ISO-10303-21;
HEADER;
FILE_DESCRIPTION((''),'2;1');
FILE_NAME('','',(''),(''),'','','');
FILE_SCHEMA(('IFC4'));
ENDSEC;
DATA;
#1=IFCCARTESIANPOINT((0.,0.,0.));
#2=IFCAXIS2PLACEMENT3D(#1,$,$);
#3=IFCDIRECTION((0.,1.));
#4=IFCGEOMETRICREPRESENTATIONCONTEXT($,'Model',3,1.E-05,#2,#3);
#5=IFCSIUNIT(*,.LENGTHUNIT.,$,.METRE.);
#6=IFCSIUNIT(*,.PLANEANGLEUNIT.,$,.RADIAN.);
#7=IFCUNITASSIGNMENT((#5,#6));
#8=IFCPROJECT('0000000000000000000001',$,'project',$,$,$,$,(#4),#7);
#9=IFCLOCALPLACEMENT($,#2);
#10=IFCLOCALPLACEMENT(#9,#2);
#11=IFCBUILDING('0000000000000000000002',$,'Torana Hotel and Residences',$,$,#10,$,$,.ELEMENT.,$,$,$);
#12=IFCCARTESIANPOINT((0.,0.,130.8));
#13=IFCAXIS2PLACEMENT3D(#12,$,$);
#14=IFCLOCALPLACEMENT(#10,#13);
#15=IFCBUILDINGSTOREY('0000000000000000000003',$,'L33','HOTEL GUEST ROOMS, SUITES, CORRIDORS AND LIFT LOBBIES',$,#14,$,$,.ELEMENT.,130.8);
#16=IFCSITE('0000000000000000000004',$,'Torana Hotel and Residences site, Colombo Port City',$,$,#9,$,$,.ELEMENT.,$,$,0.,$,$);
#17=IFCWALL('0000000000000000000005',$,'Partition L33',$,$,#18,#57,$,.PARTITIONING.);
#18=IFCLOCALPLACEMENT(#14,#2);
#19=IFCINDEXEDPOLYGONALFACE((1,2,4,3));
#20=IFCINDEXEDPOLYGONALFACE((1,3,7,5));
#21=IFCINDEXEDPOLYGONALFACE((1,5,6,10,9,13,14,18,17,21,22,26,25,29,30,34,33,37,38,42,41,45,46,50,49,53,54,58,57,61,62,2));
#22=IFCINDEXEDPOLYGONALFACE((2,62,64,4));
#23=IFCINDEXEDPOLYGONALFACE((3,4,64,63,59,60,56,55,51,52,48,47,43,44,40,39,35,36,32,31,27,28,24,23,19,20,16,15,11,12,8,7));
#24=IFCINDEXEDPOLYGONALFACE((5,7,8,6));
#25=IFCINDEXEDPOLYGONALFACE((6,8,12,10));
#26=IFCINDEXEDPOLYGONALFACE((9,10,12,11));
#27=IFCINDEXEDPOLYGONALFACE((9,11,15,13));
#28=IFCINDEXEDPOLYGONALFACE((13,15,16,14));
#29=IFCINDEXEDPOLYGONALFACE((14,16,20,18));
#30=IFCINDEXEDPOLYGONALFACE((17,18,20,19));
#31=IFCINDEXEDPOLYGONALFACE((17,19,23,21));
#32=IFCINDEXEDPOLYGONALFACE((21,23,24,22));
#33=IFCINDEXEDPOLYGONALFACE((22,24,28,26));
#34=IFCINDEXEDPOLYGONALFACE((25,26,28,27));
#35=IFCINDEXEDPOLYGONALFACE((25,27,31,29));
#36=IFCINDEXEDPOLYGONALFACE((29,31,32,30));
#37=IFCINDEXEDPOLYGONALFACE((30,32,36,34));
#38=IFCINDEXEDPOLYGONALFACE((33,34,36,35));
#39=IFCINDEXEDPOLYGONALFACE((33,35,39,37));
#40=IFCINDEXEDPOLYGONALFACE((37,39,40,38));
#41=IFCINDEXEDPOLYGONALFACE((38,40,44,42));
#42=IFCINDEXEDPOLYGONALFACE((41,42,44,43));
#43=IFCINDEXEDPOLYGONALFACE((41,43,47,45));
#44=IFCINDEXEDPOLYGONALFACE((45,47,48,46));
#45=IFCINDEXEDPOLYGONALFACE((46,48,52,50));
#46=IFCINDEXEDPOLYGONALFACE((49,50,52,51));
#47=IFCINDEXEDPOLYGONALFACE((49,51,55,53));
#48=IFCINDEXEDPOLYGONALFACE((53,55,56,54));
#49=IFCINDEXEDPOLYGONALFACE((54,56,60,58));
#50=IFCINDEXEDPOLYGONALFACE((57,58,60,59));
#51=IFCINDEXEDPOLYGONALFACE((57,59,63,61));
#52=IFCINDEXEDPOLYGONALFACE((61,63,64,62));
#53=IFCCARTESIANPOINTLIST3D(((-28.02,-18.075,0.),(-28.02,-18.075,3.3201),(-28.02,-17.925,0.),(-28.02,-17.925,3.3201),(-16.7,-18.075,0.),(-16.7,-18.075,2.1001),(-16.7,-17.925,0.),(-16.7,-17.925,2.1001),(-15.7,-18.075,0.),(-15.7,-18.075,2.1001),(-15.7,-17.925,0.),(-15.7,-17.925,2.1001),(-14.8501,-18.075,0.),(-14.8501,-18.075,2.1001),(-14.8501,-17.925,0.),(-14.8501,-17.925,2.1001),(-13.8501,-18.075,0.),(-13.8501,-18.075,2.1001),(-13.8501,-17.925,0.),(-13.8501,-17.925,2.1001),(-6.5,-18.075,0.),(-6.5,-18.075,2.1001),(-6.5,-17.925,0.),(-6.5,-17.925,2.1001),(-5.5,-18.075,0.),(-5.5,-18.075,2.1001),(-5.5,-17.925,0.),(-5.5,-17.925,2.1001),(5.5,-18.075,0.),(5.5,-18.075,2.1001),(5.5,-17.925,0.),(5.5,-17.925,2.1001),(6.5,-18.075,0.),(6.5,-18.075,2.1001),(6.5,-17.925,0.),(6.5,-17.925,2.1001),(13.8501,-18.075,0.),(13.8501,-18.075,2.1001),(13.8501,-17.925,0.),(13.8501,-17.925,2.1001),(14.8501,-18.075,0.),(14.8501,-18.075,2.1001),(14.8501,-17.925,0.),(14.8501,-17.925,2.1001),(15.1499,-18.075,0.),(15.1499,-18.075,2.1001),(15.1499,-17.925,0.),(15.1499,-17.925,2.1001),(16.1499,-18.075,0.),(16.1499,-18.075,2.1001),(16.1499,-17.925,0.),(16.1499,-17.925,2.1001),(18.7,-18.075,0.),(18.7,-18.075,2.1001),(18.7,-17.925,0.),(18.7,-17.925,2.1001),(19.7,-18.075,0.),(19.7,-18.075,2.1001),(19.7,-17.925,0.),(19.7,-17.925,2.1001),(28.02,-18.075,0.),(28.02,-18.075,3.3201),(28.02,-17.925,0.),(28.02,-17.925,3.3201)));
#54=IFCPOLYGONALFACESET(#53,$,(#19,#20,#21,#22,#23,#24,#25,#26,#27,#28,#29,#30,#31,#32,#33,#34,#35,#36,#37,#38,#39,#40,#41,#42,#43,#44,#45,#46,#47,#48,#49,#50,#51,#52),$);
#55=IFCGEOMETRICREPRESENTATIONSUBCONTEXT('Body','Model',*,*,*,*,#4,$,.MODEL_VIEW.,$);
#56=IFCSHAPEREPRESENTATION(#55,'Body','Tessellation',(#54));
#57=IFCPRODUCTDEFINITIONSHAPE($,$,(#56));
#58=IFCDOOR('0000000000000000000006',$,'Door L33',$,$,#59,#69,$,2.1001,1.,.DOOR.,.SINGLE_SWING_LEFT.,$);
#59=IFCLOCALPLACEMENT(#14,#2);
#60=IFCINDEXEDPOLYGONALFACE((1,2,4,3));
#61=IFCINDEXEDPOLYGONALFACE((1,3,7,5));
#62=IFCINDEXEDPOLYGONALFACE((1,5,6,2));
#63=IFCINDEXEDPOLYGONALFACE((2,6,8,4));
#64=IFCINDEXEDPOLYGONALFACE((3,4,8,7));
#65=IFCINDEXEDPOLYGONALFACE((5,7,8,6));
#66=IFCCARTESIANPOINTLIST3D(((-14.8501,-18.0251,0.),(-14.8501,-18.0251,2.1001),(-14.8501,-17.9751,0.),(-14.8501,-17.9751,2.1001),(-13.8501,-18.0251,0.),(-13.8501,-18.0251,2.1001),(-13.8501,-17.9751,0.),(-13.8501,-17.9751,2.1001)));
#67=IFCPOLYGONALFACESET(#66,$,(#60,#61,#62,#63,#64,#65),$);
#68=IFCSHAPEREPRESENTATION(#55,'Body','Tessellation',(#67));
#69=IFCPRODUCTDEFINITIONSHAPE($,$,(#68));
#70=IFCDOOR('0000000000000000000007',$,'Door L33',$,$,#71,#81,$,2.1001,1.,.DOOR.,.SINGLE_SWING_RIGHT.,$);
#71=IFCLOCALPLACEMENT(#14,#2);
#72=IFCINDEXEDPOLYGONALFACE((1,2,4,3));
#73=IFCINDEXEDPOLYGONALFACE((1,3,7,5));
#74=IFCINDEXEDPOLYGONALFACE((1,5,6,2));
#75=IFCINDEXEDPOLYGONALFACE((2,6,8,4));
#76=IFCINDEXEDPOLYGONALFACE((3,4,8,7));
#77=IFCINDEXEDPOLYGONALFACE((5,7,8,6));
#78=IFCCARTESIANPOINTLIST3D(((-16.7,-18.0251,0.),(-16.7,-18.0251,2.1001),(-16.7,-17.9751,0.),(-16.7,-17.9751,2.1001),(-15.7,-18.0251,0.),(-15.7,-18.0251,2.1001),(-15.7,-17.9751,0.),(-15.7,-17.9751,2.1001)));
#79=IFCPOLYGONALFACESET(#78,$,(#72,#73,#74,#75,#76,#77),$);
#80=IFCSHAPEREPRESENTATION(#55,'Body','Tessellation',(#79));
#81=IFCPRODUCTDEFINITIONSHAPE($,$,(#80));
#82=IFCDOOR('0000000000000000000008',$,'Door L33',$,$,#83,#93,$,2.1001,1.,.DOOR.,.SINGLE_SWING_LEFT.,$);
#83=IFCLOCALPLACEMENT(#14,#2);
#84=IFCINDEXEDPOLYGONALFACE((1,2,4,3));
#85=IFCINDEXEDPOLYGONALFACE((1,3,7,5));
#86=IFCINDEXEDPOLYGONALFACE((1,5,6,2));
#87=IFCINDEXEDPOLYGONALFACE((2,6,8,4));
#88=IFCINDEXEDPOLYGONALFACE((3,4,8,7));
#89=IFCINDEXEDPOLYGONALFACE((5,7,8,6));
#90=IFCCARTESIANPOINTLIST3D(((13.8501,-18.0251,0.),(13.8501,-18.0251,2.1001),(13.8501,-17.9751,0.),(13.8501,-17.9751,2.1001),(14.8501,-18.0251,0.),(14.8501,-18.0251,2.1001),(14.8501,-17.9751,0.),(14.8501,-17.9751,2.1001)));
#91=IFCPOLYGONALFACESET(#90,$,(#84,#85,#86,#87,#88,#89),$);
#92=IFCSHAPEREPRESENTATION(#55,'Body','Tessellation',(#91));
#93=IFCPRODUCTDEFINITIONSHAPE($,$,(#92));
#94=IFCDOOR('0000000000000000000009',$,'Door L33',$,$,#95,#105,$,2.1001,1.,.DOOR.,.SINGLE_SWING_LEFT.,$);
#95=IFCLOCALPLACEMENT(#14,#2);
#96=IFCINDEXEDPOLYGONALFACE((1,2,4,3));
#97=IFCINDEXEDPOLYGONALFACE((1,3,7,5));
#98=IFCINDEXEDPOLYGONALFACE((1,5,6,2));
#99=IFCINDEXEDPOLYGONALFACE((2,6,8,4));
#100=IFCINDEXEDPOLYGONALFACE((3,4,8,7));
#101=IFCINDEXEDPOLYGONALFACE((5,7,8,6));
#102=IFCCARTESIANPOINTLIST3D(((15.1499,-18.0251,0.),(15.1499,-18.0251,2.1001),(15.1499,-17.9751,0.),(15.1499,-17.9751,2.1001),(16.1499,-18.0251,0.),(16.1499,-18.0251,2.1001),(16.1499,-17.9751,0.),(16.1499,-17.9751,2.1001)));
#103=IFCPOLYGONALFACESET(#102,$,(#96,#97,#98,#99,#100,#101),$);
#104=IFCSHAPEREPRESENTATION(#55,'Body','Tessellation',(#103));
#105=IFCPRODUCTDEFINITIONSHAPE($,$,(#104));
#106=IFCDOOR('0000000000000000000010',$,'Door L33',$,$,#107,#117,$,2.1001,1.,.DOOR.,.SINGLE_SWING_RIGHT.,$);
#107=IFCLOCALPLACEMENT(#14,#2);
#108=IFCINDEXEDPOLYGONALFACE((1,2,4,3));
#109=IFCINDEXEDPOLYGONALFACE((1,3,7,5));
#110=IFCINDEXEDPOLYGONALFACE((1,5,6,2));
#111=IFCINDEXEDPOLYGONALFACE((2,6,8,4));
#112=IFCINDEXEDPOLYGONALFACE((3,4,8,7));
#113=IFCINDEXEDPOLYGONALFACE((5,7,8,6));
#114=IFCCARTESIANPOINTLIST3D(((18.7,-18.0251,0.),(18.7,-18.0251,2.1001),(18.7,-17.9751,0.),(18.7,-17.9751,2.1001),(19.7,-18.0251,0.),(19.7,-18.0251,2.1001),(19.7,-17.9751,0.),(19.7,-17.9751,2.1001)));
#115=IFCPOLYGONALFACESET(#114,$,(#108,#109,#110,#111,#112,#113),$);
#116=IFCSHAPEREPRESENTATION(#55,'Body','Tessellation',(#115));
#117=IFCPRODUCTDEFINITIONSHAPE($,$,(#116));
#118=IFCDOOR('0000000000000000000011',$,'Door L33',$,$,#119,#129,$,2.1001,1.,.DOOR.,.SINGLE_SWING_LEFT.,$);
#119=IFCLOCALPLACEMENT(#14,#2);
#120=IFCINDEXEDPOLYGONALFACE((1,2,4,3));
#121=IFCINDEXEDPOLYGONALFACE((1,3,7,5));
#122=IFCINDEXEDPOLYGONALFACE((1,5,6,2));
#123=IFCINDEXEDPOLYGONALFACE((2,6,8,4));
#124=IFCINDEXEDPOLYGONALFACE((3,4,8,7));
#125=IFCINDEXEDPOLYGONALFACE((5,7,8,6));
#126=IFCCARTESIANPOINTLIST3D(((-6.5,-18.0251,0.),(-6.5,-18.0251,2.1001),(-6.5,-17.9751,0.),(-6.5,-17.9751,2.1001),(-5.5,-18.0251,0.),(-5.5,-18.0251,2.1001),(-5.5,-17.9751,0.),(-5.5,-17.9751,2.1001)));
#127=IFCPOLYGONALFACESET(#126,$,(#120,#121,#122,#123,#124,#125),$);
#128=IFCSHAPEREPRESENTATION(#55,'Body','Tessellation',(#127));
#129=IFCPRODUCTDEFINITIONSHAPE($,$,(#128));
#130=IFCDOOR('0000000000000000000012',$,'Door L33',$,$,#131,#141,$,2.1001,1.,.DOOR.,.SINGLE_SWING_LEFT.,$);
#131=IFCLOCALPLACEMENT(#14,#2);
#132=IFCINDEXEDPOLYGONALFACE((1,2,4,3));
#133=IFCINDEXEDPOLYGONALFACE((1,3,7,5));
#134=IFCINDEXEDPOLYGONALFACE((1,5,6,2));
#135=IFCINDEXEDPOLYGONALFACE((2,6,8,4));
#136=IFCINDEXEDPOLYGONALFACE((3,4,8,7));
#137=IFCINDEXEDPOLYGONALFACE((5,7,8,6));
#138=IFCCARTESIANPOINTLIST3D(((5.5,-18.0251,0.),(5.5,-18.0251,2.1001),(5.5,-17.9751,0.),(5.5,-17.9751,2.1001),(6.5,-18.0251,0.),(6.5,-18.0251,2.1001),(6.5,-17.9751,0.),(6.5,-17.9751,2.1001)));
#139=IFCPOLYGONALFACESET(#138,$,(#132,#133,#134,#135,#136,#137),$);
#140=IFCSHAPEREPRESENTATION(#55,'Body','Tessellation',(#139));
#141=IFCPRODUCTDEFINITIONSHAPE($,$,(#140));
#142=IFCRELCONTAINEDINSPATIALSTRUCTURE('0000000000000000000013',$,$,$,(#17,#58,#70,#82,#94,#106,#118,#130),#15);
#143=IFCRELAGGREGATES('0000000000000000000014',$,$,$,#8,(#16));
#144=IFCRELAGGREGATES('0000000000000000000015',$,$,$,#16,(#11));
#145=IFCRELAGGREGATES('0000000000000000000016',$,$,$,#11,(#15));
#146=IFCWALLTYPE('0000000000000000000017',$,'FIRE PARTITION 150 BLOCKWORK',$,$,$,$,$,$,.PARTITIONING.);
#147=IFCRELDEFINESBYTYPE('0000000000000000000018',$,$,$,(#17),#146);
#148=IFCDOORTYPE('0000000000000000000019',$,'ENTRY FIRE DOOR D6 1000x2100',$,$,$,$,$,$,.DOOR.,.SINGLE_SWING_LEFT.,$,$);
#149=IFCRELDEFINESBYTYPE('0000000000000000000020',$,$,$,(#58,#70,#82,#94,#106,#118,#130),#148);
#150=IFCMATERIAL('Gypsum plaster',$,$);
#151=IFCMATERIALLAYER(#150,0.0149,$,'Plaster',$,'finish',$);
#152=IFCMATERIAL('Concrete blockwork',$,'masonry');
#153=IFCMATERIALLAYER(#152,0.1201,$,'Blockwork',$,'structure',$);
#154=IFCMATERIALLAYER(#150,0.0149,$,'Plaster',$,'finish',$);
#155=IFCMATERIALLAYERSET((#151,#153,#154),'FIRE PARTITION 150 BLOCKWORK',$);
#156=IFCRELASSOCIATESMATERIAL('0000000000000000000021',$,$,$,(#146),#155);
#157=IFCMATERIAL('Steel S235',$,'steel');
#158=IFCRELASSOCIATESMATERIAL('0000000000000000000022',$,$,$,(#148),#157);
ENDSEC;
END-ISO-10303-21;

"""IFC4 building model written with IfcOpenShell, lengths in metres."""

from ifc_helpers import new_model, si_unit, direction, frame, frame_2d, origin, place, context, subcontext, project, spatial, rectangle, extrude, material, layer, layer_set, type_object, element, fill, save


model = new_model("IFC4")

# Units and contexts
model_context = context("Model", 3, precision=1e-05, world=origin(), true_north=direction((0.0, 1.0)))
body_context = subcontext(model_context, "Body", "Model", "MODEL_VIEW")
ifc_project = project(units=[si_unit("LENGTHUNIT", "METRE"), si_unit("PLANEANGLEUNIT", "RADIAN")], contexts=[model_context])

# Site, building, storey
site_placement = place(None, origin())
site = spatial("IfcSite", under=ifc_project, at=site_placement, Name="Torana Hotel and Residences site, Colombo Port City", CompositionType="ELEMENT", RefElevation=0.0)
building_placement = place(site_placement, origin())
building = spatial("IfcBuilding", under=site, at=building_placement, Name="Torana Hotel and Residences", CompositionType="ELEMENT")
storey_placement = place(building_placement, frame((0.0, 0.0, 130.8)))
storey = spatial("IfcBuildingStorey", under=building, at=storey_placement, Name="L33", Description="HOTEL GUEST ROOMS, SUITES, CORRIDORS AND LIFT LOBBIES", CompositionType="ELEMENT", Elevation=130.8)

# Wall, openings, doors
ifc_material_1 = material(Name="Gypsum plaster")
ifc_layer_1 = layer(ifc_material_1, 0.0149, Name="Plaster", Category="finish")
ifc_material_2 = material(Name="Concrete blockwork", Category="masonry")
ifc_layer_2 = layer(ifc_material_2, 0.1201, Name="Blockwork", Category="structure")
ifc_layer_3 = layer(ifc_material_1, 0.0149, Name="Plaster", Category="finish")
ifc_layer_set_1 = layer_set([ifc_layer_1, ifc_layer_2, ifc_layer_3], Name="FIRE PARTITION 150 BLOCKWORK")
wall_type_1 = type_object("IfcWallType", Name="FIRE PARTITION 150 BLOCKWORK", PredefinedType="PARTITIONING", material=ifc_layer_set_1)
wall_1_placement = place(storey_placement, frame((-28.02, -18.0, 0.0), z_axis=(0.0, 0.0, 1.0), x_axis=(1.0, 0.0, 0.0)))
wall_1 = element("IfcWall", 1, at=wall_1_placement, inside=storey, type_object=wall_type_1, Name="Partition L33", PredefinedType="PARTITIONING", context=body_context, shape_type="SweptSolid", body=[
    extrude(rectangle(XDim=56.04, YDim=0.1499, at=frame_2d((28.02, 0.0))), origin(), (0.0, 0.0, 1.0), 3.3201),
])
opening_1_placement = place(wall_1_placement, frame((13.1699, 0.0, 0.0)))
opening_1 = element("IfcOpeningElement", 2, at=opening_1_placement, cuts=wall_1, PredefinedType="OPENING", context=body_context, shape_type="SweptSolid", body=[
    extrude(rectangle(XDim=1.0, YDim=2.1001, at=frame_2d((0.5, 1.05))), frame((0.0, 0.085, 0.0), z_axis=(0.0, -1.0, 0.0), x_axis=(1.0, 0.0, 0.0)), (0.0, 0.0, 1.0), 0.1699),
])
opening_2_placement = place(wall_1_placement, frame((11.3201, 0.0, 0.0)))
opening_2 = element("IfcOpeningElement", 3, at=opening_2_placement, cuts=wall_1, PredefinedType="OPENING", context=body_context, shape_type="SweptSolid", body=[
    extrude(rectangle(XDim=1.0, YDim=2.1001, at=frame_2d((0.5, 1.05))), frame((0.0, 0.085, 0.0), z_axis=(0.0, -1.0, 0.0), x_axis=(1.0, 0.0, 0.0)), (0.0, 0.0, 1.0), 0.1699),
])
opening_3_placement = place(wall_1_placement, frame((41.8701, 0.0, 0.0)))
opening_3 = element("IfcOpeningElement", 4, at=opening_3_placement, cuts=wall_1, PredefinedType="OPENING", context=body_context, shape_type="SweptSolid", body=[
    extrude(rectangle(XDim=1.0, YDim=2.1001, at=frame_2d((0.5, 1.05))), frame((0.0, 0.085, 0.0), z_axis=(0.0, -1.0, 0.0), x_axis=(1.0, 0.0, 0.0)), (0.0, 0.0, 1.0), 0.1699),
])
opening_4_placement = place(wall_1_placement, frame((43.1699, 0.0, 0.0)))
opening_4 = element("IfcOpeningElement", 5, at=opening_4_placement, cuts=wall_1, PredefinedType="OPENING", context=body_context, shape_type="SweptSolid", body=[
    extrude(rectangle(XDim=1.0, YDim=2.1001, at=frame_2d((0.5, 1.05))), frame((0.0, 0.085, 0.0), z_axis=(0.0, -1.0, 0.0), x_axis=(1.0, 0.0, 0.0)), (0.0, 0.0, 1.0), 0.1699),
])
opening_5_placement = place(wall_1_placement, frame((46.72, 0.0, 0.0)))
opening_5 = element("IfcOpeningElement", 6, at=opening_5_placement, cuts=wall_1, PredefinedType="OPENING", context=body_context, shape_type="SweptSolid", body=[
    extrude(rectangle(XDim=1.0, YDim=2.1001, at=frame_2d((0.5, 1.05))), frame((0.0, 0.085, 0.0), z_axis=(0.0, -1.0, 0.0), x_axis=(1.0, 0.0, 0.0)), (0.0, 0.0, 1.0), 0.1699),
])
opening_6_placement = place(wall_1_placement, frame((21.52, 0.0, 0.0)))
opening_6 = element("IfcOpeningElement", 7, at=opening_6_placement, cuts=wall_1, PredefinedType="OPENING", context=body_context, shape_type="SweptSolid", body=[
    extrude(rectangle(XDim=1.0, YDim=2.1001, at=frame_2d((0.5, 1.05))), frame((0.0, 0.085, 0.0), z_axis=(0.0, -1.0, 0.0), x_axis=(1.0, 0.0, 0.0)), (0.0, 0.0, 1.0), 0.1699),
])
opening_7_placement = place(wall_1_placement, frame((33.52, 0.0, 0.0)))
opening_7 = element("IfcOpeningElement", 8, at=opening_7_placement, cuts=wall_1, PredefinedType="OPENING", context=body_context, shape_type="SweptSolid", body=[
    extrude(rectangle(XDim=1.0, YDim=2.1001, at=frame_2d((0.5, 1.05))), frame((0.0, 0.085, 0.0), z_axis=(0.0, -1.0, 0.0), x_axis=(1.0, 0.0, 0.0)), (0.0, 0.0, 1.0), 0.1699),
])
ifc_material_3 = material(Name="Steel S235", Category="steel")
door_type_1 = type_object("IfcDoorType", Name="ENTRY FIRE DOOR D6 1000x2100", OperationType="SINGLE_SWING_LEFT", PredefinedType="DOOR", material=ifc_material_3)
door_1_placement = place(opening_1_placement, frame((0.5, 0.0, 0.0), z_axis=(0.0, 0.0, 1.0), x_axis=(-1.0, 0.0, 0.0)))
door_1 = element("IfcDoor", 9, at=door_1_placement, inside=storey, type_object=door_type_1, Name="Door L33", OperationType="SINGLE_SWING_LEFT", OverallHeight=2.1001, OverallWidth=1.0, PredefinedType="DOOR", context=body_context, shape_type="SweptSolid", body=[
    extrude(rectangle(XDim=1.0, YDim=2.1001, at=frame_2d((0.0, 1.05))), frame((0.0, -0.0249, 0.0), z_axis=(0.0, 1.0, 0.0), x_axis=(-1.0, 0.0, 0.0)), (0.0, 0.0, 1.0), 0.05),
])
fill(opening_1, door_1)
door_2_placement = place(opening_2_placement, origin())
door_2 = element("IfcDoor", 10, at=door_2_placement, inside=storey, type_object=door_type_1, Name="Door L33", OperationType="SINGLE_SWING_RIGHT", OverallHeight=2.1001, OverallWidth=1.0, PredefinedType="DOOR", context=body_context, shape_type="SweptSolid", body=[
    extrude(rectangle(XDim=1.0, YDim=2.1001, at=frame_2d((0.5, 1.05))), frame((0.0, 0.0249, 0.0), z_axis=(0.0, -1.0, 0.0), x_axis=(1.0, 0.0, 0.0)), (0.0, 0.0, 1.0), 0.05),
])
fill(opening_2, door_2)
door_3_placement = place(opening_3_placement, frame((0.5, 0.0, 0.0), z_axis=(0.0, 0.0, 1.0), x_axis=(-1.0, 0.0, 0.0)))
door_3 = element("IfcDoor", 11, at=door_3_placement, inside=storey, type_object=door_type_1, Name="Door L33", OperationType="SINGLE_SWING_LEFT", OverallHeight=2.1001, OverallWidth=1.0, PredefinedType="DOOR", context=body_context, shape_type="SweptSolid", body=[
    extrude(rectangle(XDim=1.0, YDim=2.1001, at=frame_2d((0.0, 1.05))), frame((0.0, -0.0249, 0.0), z_axis=(0.0, 1.0, 0.0), x_axis=(-1.0, 0.0, 0.0)), (0.0, 0.0, 1.0), 0.05),
])
fill(opening_3, door_3)
door_4_placement = place(opening_4_placement, frame((0.5, 0.0, 0.0), z_axis=(0.0, 0.0, 1.0), x_axis=(-1.0, 0.0, 0.0)))
door_4 = element("IfcDoor", 12, at=door_4_placement, inside=storey, type_object=door_type_1, Name="Door L33", OperationType="SINGLE_SWING_LEFT", OverallHeight=2.1001, OverallWidth=1.0, PredefinedType="DOOR", context=body_context, shape_type="SweptSolid", body=[
    extrude(rectangle(XDim=1.0, YDim=2.1001, at=frame_2d((0.0, 1.05))), frame((0.0, -0.0249, 0.0), z_axis=(0.0, 1.0, 0.0), x_axis=(-1.0, 0.0, 0.0)), (0.0, 0.0, 1.0), 0.05),
])
fill(opening_4, door_4)
door_5_placement = place(opening_5_placement, origin())
door_5 = element("IfcDoor", 13, at=door_5_placement, inside=storey, type_object=door_type_1, Name="Door L33", OperationType="SINGLE_SWING_RIGHT", OverallHeight=2.1001, OverallWidth=1.0, PredefinedType="DOOR", context=body_context, shape_type="SweptSolid", body=[
    extrude(rectangle(XDim=1.0, YDim=2.1001, at=frame_2d((0.5, 1.05))), frame((0.0, 0.0249, 0.0), z_axis=(0.0, -1.0, 0.0), x_axis=(1.0, 0.0, 0.0)), (0.0, 0.0, 1.0), 0.05),
])
fill(opening_5, door_5)
door_6_placement = place(opening_6_placement, frame((0.5, 0.0, 0.0), z_axis=(0.0, 0.0, 1.0), x_axis=(-1.0, 0.0, 0.0)))
door_6 = element("IfcDoor", 14, at=door_6_placement, inside=storey, type_object=door_type_1, Name="Door L33", OperationType="SINGLE_SWING_LEFT", OverallHeight=2.1001, OverallWidth=1.0, PredefinedType="DOOR", context=body_context, shape_type="SweptSolid", body=[
    extrude(rectangle(XDim=1.0, YDim=2.1001, at=frame_2d((0.0, 1.05))), frame((0.0, -0.0249, 0.0), z_axis=(0.0, 1.0, 0.0), x_axis=(-1.0, 0.0, 0.0)), (0.0, 0.0, 1.0), 0.05),
])
fill(opening_6, door_6)
door_7_placement = place(opening_7_placement, frame((0.5, 0.0, 0.0), z_axis=(0.0, 0.0, 1.0), x_axis=(-1.0, 0.0, 0.0)))
door_7 = element("IfcDoor", 15, at=door_7_placement, inside=storey, type_object=door_type_1, Name="Door L33", OperationType="SINGLE_SWING_LEFT", OverallHeight=2.1001, OverallWidth=1.0, PredefinedType="DOOR", context=body_context, shape_type="SweptSolid", body=[
    extrude(rectangle(XDim=1.0, YDim=2.1001, at=frame_2d((0.0, 1.05))), frame((0.0, -0.0249, 0.0), z_axis=(0.0, 1.0, 0.0), x_axis=(-1.0, 0.0, 0.0)), (0.0, 0.0, 1.0), 0.05),
])
fill(opening_7, door_7)

save(model, "model.ifc")
